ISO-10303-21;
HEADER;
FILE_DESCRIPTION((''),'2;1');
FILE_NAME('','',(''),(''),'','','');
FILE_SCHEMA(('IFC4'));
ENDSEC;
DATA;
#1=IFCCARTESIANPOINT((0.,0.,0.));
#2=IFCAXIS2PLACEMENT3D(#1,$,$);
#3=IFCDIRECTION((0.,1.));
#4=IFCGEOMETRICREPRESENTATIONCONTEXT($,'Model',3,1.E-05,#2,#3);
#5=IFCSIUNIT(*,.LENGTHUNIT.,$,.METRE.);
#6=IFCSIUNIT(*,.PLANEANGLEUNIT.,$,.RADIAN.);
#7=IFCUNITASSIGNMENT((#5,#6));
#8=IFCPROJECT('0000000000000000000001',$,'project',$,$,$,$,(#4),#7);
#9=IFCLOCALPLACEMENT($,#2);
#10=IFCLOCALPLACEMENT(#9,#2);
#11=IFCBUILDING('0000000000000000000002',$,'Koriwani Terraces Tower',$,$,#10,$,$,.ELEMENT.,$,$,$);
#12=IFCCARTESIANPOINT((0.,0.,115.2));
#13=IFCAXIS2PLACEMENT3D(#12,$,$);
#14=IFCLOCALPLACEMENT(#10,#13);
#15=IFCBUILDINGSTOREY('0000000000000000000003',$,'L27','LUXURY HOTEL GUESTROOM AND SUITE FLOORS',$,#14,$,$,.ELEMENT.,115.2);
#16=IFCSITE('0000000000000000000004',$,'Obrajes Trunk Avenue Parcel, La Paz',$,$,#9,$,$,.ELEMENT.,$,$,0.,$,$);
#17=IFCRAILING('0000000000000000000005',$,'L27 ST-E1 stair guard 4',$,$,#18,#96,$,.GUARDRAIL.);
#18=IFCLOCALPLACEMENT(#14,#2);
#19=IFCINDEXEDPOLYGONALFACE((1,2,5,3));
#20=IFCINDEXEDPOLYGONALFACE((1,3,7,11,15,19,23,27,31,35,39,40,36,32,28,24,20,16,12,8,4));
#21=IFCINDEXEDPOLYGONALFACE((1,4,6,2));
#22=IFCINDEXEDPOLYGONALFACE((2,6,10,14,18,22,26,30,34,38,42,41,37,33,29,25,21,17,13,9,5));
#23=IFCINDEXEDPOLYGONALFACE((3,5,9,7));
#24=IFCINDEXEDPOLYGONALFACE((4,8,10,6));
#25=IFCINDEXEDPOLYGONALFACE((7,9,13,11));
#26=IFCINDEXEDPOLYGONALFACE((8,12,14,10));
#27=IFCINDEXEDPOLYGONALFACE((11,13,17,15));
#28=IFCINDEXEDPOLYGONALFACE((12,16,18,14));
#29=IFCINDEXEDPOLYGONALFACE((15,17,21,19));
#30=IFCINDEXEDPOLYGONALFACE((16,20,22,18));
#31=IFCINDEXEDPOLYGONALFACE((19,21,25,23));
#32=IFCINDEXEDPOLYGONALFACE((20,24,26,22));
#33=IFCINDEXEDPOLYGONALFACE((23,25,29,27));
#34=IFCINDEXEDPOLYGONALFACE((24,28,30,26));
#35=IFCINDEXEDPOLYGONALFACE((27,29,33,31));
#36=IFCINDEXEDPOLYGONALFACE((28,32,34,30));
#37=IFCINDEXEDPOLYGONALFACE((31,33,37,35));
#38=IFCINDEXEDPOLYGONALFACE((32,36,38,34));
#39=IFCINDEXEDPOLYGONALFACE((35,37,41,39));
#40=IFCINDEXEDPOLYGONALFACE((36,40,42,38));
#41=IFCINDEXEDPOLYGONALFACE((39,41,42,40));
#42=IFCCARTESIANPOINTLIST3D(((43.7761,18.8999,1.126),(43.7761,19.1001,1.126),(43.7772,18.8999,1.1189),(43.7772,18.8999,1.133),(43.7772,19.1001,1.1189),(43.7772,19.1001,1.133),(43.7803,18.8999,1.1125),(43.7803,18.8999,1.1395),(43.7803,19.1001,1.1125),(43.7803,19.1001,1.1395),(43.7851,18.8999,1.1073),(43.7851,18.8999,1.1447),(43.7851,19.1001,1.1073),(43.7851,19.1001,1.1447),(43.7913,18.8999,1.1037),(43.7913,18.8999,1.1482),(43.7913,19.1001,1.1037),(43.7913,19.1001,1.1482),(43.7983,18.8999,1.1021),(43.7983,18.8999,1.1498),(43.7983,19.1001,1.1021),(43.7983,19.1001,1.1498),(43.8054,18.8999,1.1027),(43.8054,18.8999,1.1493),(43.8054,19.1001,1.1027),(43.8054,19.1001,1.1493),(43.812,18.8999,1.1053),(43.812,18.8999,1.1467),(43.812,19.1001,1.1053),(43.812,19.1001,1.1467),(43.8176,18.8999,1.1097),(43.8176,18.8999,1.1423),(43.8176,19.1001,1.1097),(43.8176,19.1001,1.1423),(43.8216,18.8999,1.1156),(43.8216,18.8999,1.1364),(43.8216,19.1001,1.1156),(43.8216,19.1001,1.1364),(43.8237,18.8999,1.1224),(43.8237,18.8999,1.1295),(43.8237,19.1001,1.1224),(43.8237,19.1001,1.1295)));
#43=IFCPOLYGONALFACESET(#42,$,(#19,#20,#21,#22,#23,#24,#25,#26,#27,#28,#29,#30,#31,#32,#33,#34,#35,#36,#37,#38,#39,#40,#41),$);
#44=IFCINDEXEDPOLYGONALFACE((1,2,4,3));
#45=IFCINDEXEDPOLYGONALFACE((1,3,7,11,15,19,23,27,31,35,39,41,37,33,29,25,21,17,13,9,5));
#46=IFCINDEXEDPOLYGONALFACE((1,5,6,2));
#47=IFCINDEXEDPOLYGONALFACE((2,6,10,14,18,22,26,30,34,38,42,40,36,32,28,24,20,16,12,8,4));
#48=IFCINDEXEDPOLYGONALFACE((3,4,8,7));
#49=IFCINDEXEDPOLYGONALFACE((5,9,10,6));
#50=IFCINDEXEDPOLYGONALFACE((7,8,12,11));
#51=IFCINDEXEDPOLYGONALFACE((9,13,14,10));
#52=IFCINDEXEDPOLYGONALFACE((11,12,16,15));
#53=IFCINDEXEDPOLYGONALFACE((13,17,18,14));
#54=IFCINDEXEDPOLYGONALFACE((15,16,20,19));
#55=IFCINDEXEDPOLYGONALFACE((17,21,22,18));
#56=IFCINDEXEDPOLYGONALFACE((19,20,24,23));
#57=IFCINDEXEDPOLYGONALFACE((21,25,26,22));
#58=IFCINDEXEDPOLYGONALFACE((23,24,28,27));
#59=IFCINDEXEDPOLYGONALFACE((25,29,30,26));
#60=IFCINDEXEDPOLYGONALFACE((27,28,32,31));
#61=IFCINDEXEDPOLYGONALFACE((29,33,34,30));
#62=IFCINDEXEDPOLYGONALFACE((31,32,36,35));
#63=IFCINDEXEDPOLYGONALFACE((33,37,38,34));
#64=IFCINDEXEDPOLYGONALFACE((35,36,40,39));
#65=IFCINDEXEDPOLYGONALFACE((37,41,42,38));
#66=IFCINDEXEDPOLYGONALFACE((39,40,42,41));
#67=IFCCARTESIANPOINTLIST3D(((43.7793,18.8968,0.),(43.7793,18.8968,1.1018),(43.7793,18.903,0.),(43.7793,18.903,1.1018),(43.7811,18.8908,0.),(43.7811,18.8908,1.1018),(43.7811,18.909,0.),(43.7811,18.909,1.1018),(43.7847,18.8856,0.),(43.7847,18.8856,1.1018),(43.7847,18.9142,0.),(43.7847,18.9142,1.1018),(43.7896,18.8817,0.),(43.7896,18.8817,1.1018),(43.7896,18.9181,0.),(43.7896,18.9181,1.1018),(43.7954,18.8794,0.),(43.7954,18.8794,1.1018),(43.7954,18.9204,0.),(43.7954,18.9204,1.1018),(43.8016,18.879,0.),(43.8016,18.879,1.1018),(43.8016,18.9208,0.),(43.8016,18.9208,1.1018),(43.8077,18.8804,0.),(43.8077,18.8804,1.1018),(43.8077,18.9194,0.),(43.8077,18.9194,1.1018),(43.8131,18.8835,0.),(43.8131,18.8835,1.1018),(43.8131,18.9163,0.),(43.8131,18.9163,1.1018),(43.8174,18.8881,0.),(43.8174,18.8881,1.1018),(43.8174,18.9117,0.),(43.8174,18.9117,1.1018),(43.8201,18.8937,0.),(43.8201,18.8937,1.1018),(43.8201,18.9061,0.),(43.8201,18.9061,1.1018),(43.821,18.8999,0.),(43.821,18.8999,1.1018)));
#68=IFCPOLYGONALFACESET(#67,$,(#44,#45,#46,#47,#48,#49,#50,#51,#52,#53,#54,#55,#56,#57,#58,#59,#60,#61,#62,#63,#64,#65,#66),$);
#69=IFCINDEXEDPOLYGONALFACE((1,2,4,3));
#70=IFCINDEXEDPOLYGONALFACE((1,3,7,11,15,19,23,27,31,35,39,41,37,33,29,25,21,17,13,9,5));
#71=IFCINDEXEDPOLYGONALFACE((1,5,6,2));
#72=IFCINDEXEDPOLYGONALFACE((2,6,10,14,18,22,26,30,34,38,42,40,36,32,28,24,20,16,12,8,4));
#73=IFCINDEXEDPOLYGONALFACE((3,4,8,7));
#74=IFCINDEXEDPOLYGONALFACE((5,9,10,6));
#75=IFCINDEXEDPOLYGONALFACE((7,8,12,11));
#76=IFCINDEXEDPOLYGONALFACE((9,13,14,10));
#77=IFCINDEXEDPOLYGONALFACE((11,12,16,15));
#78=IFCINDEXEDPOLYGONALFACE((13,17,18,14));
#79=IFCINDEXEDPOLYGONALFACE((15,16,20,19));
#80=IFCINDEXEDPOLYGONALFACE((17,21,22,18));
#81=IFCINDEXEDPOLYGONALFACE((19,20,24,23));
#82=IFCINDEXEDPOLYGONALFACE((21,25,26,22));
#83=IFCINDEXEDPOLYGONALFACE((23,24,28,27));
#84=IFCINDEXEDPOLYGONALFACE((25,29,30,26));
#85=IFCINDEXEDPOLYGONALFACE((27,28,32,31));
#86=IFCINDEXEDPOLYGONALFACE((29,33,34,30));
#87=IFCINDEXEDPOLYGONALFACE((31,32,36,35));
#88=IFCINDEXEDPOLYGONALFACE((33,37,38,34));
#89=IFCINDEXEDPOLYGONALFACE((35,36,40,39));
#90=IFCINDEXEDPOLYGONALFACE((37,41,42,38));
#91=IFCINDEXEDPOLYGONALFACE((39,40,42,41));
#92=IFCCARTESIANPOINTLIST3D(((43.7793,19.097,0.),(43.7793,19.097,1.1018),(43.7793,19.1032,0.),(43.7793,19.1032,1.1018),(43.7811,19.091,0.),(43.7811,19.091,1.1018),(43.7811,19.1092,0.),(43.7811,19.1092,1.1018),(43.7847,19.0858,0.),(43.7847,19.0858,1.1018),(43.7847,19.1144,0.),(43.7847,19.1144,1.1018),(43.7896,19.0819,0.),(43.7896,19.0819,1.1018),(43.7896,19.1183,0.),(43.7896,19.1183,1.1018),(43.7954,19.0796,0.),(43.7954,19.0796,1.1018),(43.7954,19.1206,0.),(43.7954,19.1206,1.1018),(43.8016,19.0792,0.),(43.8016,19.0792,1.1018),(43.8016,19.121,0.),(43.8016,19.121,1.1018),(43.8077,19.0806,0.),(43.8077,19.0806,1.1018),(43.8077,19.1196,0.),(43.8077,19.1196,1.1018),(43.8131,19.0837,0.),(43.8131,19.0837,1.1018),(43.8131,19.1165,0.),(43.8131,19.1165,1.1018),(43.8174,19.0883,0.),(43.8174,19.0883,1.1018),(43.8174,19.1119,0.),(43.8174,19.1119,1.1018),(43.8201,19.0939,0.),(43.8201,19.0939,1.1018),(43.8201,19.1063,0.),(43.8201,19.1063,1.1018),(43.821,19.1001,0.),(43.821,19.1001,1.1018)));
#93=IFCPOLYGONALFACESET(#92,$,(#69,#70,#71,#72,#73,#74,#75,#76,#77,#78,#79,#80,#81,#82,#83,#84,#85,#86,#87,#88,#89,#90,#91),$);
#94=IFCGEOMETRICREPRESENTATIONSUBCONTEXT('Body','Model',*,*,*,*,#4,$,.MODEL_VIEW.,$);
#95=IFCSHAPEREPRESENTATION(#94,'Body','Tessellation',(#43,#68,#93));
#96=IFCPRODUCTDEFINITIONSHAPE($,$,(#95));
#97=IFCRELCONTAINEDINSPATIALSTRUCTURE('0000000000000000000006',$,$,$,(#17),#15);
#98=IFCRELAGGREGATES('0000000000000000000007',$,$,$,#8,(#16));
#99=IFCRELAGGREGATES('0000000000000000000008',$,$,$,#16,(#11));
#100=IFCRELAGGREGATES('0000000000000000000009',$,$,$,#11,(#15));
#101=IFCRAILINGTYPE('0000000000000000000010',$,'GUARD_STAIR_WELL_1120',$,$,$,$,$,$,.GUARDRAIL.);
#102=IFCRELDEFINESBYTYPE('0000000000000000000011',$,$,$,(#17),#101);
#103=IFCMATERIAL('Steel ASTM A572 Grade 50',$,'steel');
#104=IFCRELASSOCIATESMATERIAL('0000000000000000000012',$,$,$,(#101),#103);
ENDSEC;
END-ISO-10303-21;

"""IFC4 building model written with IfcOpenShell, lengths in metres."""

from ifc_helpers import new_model, si_unit, direction, frame, origin, origin_2d, place, context, subcontext, project, spatial, circle, extrude, material, type_object, element, save


model = new_model("IFC4")

# Units and contexts
model_context = context("Model", 3, precision=1e-05, world=origin(), true_north=direction((0.0, 1.0)))
body_context = subcontext(model_context, "Body", "Model", "MODEL_VIEW")
ifc_project = project(units=[si_unit("LENGTHUNIT", "METRE"), si_unit("PLANEANGLEUNIT", "RADIAN")], contexts=[model_context])

# Site, building, storey
site_placement = place(None, origin())
site = spatial("IfcSite", under=ifc_project, at=site_placement, Name="Obrajes Trunk Avenue Parcel, La Paz", CompositionType="ELEMENT", RefElevation=0.0)
building_placement = place(site_placement, origin())
building = spatial("IfcBuilding", under=site, at=building_placement, Name="Koriwani Terraces Tower", CompositionType="ELEMENT")
storey_placement = place(building_placement, frame((0.0, 0.0, 115.2)))
storey = spatial("IfcBuildingStorey", under=building, at=storey_placement, Name="L27", Description="LUXURY HOTEL GUESTROOM AND SUITE FLOORS", CompositionType="ELEMENT", Elevation=115.2)

# Shared definitions
ifc_material_1 = material(Name="Steel ASTM A572 Grade 50", Category="steel")

# Railing
railing_type_1 = type_object("IfcRailingType", Name="GUARD_STAIR_WELL_1120", PredefinedType="GUARDRAIL", material=ifc_material_1)
railing_1_placement = place(storey_placement, frame((43.8, 18.8999, 0.0)))
element("IfcRailing", 1, at=railing_1_placement, inside=storey, type_object=railing_type_1, Name="L27 ST-E1 stair guard 4", PredefinedType="GUARDRAIL", context=body_context, shape_type="SweptSolid", body=[
    extrude(circle(Radius=0.0239, at=origin_2d()), frame((0.0, 0.0, 1.126), z_axis=(0.0, 1.0, 0.0), x_axis=(-1.0, 0.0, 0.0)), (0.0, 0.0, 1.0), 0.2002),
    extrude(circle(Radius=0.021, at=origin_2d()), origin(), (0.0, 0.0, 1.0), 1.1018),
    extrude(circle(Radius=0.021, at=origin_2d()), frame((0.0, 0.2002, 0.0)), (0.0, 0.0, 1.0), 1.1018),
])

save(model, "model.ifc")
